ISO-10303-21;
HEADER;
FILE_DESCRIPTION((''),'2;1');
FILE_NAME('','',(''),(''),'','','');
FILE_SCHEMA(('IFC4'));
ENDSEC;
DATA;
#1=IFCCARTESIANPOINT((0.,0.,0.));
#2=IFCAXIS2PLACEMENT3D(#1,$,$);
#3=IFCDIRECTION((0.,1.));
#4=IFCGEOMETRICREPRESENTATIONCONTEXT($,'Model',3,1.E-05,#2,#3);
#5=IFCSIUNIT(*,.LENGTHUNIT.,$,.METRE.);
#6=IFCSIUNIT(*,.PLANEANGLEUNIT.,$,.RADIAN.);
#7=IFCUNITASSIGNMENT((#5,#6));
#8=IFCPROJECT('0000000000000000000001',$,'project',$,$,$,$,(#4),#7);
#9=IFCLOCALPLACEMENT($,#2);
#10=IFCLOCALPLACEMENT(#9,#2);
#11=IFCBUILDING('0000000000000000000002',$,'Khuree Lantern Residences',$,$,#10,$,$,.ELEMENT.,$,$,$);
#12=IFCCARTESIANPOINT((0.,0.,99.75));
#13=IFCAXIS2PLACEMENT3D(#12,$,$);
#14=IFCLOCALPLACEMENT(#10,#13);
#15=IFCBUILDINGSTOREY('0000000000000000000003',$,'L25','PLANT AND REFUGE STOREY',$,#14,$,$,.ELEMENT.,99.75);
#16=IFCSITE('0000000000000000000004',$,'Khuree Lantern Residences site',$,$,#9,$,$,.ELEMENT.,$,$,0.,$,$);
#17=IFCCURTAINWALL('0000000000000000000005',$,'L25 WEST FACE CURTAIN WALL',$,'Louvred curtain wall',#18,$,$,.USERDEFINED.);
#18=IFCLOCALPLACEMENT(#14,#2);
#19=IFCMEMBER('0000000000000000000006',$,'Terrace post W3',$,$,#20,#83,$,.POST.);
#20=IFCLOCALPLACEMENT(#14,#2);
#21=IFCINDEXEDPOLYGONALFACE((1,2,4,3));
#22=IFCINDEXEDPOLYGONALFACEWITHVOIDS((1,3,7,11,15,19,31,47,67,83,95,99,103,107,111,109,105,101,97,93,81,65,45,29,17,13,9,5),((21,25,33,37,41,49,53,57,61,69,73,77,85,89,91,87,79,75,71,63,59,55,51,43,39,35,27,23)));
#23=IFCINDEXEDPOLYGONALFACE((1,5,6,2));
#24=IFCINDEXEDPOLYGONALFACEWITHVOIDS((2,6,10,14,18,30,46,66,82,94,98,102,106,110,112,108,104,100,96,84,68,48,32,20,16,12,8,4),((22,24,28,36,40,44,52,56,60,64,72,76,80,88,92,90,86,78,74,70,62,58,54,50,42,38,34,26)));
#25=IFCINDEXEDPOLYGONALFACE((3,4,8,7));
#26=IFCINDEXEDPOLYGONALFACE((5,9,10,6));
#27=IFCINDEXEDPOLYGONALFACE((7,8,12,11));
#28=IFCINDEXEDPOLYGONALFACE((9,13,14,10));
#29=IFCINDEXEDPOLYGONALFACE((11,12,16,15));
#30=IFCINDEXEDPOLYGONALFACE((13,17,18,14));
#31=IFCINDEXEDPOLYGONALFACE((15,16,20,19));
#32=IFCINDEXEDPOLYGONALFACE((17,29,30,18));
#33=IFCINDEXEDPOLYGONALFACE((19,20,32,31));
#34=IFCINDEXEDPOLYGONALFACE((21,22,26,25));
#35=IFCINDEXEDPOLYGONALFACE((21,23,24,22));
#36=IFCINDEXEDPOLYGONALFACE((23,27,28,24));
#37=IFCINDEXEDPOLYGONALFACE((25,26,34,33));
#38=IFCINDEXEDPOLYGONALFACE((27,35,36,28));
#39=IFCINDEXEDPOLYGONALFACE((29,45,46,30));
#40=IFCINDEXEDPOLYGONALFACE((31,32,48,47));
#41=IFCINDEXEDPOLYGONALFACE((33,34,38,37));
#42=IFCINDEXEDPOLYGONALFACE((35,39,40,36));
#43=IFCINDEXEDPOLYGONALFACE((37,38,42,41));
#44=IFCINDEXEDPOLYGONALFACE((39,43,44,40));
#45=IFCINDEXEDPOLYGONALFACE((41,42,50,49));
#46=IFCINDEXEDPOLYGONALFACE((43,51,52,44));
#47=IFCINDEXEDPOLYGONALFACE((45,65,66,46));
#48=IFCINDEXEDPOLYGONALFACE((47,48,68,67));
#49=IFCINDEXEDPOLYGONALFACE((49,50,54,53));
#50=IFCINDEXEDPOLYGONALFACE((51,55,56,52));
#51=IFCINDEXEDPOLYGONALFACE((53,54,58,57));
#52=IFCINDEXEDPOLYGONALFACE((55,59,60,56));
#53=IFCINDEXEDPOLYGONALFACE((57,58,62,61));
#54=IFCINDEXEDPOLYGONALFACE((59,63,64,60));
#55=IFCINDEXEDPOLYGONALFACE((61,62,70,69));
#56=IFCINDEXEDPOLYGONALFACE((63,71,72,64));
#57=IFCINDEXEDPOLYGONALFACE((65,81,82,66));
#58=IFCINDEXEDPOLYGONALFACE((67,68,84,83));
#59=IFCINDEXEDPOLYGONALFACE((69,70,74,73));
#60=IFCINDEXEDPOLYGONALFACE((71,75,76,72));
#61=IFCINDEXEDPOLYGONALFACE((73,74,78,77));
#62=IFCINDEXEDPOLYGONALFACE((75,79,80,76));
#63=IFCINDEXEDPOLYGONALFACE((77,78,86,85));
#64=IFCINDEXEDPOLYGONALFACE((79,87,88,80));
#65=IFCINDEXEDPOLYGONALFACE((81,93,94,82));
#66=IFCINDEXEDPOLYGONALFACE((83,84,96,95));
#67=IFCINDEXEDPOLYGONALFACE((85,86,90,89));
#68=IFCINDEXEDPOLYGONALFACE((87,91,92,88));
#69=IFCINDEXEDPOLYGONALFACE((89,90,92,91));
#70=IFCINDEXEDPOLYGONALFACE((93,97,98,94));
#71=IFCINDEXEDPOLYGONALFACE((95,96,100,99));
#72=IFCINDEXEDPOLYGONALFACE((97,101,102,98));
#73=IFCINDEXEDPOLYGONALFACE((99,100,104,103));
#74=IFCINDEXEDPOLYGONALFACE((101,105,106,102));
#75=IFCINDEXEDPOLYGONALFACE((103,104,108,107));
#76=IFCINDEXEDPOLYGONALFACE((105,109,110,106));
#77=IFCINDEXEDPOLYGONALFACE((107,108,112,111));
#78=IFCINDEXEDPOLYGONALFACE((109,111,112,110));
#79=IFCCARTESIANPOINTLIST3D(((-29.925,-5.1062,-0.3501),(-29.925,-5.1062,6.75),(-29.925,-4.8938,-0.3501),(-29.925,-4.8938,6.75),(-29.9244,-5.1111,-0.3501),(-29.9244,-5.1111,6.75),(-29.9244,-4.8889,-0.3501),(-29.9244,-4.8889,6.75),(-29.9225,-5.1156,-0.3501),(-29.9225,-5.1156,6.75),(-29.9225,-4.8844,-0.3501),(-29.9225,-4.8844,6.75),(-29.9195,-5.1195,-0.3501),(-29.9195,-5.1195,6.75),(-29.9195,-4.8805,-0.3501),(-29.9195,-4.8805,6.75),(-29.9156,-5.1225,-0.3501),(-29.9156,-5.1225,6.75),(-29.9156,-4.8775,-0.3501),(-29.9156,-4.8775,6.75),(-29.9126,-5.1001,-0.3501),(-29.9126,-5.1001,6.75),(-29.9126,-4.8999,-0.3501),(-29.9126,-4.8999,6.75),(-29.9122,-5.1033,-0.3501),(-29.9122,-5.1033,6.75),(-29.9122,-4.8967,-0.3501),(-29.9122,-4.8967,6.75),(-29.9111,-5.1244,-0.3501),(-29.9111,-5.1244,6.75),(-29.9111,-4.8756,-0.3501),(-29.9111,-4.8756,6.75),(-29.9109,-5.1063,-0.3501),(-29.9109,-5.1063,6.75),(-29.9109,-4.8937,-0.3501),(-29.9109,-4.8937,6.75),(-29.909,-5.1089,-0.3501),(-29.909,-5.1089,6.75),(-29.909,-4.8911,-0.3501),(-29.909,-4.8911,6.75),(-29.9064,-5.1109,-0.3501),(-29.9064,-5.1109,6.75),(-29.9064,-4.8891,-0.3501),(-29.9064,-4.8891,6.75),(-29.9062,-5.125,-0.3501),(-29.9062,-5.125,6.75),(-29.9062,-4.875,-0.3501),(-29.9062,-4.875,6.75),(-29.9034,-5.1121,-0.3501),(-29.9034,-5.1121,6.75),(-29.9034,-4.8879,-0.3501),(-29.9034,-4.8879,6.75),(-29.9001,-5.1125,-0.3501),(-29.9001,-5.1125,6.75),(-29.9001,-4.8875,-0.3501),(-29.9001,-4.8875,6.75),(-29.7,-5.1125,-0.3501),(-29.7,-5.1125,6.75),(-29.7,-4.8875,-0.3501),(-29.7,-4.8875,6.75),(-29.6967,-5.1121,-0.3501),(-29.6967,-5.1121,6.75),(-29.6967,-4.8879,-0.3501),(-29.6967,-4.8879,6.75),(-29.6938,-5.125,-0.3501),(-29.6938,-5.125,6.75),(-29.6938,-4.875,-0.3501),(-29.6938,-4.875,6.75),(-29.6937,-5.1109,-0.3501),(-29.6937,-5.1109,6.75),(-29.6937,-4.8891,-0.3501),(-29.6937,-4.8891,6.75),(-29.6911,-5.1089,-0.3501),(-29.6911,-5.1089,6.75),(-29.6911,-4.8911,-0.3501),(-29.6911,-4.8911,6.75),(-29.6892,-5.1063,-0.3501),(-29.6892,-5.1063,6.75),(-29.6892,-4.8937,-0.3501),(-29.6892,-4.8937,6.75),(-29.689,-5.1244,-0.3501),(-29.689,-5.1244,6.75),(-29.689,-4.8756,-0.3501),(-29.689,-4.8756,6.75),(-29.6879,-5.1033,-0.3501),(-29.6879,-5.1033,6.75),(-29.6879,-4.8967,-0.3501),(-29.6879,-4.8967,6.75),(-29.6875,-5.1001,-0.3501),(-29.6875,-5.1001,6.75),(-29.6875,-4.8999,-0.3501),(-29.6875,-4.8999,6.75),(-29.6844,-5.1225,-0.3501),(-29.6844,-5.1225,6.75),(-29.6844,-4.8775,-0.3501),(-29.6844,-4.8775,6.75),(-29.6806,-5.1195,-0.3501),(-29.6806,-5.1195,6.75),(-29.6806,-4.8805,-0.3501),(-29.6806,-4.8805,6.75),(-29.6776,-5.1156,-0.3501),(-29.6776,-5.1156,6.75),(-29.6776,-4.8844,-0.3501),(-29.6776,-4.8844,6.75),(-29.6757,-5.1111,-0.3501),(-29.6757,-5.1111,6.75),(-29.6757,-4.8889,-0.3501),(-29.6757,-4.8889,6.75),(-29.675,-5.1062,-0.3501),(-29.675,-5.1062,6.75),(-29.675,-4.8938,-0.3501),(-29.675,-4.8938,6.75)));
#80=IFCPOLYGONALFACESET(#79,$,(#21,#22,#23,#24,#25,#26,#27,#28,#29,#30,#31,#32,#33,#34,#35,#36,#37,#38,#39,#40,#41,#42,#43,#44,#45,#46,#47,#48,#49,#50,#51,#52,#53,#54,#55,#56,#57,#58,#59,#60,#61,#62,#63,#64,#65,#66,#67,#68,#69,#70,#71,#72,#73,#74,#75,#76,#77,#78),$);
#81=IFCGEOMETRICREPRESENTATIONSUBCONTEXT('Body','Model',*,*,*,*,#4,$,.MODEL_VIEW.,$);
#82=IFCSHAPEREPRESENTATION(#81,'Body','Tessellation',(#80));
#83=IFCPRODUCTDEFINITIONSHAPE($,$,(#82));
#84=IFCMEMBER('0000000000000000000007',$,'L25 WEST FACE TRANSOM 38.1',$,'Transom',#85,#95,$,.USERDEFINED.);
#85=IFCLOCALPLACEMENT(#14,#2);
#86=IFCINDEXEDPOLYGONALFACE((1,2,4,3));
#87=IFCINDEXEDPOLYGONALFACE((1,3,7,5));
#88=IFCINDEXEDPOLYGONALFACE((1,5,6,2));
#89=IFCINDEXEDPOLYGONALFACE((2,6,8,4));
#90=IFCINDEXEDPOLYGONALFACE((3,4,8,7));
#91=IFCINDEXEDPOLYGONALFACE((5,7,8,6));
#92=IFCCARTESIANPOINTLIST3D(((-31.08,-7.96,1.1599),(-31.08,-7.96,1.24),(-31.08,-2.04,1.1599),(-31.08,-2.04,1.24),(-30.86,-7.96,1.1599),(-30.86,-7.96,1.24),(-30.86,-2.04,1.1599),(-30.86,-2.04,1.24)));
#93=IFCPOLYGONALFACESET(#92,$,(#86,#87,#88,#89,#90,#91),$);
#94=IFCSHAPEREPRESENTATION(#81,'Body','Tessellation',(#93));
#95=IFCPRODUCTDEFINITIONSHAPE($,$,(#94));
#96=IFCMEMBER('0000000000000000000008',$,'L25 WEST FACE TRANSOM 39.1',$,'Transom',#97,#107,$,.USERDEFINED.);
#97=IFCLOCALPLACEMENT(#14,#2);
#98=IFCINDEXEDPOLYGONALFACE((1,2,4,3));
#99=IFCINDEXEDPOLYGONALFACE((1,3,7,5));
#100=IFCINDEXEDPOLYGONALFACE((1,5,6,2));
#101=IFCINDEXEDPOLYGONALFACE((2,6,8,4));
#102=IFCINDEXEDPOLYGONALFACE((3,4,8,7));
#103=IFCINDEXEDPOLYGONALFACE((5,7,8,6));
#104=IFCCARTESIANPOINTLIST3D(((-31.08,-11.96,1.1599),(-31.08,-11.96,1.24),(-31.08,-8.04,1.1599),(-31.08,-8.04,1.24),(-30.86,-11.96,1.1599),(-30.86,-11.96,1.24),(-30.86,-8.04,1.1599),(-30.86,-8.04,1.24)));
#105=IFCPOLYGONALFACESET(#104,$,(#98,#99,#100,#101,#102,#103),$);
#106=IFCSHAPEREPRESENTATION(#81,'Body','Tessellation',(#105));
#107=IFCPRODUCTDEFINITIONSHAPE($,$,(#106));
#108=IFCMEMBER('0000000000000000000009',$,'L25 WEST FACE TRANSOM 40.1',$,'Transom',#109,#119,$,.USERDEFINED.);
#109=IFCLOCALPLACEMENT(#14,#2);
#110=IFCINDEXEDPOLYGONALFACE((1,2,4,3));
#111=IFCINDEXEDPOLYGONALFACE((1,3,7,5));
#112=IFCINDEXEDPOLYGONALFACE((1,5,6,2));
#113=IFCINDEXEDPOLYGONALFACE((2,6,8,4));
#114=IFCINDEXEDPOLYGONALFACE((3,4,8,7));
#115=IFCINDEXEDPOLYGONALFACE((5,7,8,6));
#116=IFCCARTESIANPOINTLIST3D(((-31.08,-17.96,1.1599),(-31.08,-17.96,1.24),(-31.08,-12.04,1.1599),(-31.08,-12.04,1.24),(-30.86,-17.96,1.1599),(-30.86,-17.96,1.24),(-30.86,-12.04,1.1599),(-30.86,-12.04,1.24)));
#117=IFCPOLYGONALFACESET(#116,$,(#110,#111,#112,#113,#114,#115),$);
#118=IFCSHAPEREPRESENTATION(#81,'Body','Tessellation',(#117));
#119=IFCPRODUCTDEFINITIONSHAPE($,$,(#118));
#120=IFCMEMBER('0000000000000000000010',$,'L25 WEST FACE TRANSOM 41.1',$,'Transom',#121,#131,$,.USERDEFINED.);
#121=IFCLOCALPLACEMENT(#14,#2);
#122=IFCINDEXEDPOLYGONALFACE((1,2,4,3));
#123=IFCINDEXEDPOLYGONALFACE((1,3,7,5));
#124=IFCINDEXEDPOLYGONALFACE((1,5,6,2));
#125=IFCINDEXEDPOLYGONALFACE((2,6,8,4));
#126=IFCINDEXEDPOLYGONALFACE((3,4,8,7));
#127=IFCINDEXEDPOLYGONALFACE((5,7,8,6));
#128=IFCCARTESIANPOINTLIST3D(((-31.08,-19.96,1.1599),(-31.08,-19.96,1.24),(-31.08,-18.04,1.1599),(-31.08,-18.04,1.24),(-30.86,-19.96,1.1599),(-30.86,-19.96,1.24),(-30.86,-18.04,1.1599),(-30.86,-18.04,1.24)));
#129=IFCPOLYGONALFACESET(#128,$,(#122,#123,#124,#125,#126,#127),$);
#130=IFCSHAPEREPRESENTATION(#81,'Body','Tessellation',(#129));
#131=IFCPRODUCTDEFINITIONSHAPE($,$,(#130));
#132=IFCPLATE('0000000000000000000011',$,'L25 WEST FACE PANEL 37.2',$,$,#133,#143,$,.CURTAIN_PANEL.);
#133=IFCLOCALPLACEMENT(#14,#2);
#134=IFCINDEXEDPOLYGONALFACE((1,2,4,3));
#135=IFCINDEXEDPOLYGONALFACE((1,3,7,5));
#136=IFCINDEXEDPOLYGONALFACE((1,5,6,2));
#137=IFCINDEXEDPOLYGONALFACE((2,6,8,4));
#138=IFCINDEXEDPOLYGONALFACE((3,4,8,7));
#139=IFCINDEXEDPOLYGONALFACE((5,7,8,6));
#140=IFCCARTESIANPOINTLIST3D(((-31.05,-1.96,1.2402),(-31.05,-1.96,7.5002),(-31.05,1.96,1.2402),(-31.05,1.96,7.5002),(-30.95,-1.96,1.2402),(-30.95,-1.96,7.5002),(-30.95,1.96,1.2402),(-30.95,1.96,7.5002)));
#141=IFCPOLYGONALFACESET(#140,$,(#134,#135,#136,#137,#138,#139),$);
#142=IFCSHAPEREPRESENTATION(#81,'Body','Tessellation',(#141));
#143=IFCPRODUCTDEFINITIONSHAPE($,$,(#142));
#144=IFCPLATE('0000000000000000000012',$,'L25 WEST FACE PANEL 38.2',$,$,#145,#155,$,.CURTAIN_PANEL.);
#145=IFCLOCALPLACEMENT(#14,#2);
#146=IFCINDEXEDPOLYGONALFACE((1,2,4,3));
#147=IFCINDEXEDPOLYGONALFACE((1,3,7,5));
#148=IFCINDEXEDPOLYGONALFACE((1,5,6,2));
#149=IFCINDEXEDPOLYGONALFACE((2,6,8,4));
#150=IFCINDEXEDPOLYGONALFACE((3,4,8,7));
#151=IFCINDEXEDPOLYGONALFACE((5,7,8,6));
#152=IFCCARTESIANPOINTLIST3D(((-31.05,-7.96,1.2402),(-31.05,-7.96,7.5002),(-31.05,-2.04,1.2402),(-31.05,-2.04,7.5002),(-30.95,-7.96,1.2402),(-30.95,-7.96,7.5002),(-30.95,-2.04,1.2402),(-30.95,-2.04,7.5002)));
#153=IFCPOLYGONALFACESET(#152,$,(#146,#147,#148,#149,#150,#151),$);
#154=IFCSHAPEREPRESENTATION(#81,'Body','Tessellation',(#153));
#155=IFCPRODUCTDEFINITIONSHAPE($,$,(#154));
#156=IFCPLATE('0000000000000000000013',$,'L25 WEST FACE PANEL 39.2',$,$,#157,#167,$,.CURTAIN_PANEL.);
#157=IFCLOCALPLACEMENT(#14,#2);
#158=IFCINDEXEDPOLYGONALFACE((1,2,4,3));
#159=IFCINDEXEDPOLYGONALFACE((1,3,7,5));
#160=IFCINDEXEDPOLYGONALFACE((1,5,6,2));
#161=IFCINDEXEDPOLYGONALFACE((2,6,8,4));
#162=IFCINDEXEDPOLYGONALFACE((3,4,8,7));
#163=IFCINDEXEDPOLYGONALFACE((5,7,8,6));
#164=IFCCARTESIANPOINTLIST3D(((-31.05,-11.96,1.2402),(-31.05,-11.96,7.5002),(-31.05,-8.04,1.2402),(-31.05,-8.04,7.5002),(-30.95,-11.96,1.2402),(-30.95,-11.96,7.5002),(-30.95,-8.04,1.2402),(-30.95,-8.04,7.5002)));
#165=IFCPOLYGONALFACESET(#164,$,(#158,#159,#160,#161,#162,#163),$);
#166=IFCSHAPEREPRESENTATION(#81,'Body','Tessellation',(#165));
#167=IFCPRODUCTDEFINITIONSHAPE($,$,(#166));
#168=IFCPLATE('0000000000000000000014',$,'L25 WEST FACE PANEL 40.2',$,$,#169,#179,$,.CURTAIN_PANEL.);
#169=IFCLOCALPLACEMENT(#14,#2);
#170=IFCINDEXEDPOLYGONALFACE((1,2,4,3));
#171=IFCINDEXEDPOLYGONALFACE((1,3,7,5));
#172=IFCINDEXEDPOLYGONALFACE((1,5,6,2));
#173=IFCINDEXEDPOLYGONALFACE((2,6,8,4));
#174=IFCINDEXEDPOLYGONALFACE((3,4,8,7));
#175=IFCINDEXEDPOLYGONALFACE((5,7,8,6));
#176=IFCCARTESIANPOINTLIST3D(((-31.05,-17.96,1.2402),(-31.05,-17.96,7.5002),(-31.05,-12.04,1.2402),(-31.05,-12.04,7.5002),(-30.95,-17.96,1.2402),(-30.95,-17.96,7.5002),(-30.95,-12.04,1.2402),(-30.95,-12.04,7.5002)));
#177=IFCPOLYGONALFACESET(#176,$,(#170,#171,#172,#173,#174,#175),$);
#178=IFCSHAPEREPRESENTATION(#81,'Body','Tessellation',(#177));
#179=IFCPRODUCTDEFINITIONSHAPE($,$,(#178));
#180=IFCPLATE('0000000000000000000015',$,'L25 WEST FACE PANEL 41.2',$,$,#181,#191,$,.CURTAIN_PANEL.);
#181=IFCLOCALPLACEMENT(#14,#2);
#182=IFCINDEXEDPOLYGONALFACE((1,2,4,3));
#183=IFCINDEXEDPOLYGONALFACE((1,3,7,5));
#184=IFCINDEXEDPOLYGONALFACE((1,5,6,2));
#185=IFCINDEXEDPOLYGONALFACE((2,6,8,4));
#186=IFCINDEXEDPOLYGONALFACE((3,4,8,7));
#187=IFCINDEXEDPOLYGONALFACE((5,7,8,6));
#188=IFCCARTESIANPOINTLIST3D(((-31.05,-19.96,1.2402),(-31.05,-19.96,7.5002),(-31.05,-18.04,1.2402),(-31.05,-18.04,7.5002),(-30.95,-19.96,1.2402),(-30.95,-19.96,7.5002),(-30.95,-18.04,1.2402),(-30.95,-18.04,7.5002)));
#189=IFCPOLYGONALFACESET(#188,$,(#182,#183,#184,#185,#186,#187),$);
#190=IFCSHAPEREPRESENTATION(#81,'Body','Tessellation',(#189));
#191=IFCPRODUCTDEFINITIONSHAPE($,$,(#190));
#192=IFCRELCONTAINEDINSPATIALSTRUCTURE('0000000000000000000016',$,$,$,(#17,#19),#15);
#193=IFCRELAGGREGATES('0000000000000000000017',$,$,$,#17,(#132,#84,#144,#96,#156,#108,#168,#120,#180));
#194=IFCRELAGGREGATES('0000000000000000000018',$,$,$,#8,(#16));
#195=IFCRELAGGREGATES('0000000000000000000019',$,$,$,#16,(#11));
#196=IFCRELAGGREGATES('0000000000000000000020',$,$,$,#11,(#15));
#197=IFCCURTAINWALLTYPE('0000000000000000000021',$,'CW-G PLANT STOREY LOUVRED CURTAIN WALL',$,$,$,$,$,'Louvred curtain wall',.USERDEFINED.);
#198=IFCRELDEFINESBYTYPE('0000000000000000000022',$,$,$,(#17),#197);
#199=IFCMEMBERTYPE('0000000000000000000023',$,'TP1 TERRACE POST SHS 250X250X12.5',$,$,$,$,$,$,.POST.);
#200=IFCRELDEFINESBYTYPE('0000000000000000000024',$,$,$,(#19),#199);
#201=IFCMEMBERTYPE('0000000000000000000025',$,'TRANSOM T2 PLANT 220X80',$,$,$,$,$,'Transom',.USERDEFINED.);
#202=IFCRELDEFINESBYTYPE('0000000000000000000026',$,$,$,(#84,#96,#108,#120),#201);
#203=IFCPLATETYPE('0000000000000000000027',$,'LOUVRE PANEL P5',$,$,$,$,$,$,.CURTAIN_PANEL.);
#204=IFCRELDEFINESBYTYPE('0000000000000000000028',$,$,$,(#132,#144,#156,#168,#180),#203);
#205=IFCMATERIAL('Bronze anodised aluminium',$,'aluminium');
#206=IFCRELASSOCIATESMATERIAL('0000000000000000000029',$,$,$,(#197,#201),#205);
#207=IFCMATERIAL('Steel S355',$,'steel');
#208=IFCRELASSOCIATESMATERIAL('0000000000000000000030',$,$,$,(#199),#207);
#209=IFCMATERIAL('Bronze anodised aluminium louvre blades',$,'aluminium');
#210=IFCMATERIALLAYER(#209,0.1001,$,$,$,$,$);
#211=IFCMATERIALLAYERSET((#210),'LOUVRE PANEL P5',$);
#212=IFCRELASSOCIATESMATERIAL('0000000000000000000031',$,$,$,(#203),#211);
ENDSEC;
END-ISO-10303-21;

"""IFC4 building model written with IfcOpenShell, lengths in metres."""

from ifc_helpers import new_model, si_unit, direction, frame, origin, origin_2d, place, context, subcontext, project, spatial, rectangle, hollow_rectangle, extrude, material, layer, layer_set, material_profile, profile_set, type_object, element, aggregate, save


model = new_model("IFC4")

# Units and contexts
model_context = context("Model", 3, precision=1e-05, world=origin(), true_north=direction((0.0, 1.0)))
body_context = subcontext(model_context, "Body", "Model", "MODEL_VIEW")
ifc_project = project(units=[si_unit("LENGTHUNIT", "METRE"), si_unit("PLANEANGLEUNIT", "RADIAN")], contexts=[model_context])

# Site, building, storey
site_placement = place(None, origin())
site = spatial("IfcSite", under=ifc_project, at=site_placement, Name="Khuree Lantern Residences site", CompositionType="ELEMENT", RefElevation=0.0)
building_placement = place(site_placement, origin())
building = spatial("IfcBuilding", under=site, at=building_placement, Name="Khuree Lantern Residences", CompositionType="ELEMENT")
storey_placement = place(building_placement, frame((0.0, 0.0, 99.75)))
storey = spatial("IfcBuildingStorey", under=building, at=storey_placement, Name="L25", Description="PLANT AND REFUGE STOREY", CompositionType="ELEMENT", Elevation=99.75)

# Shared definitions
ifc_material_1 = material(Name="Steel S355", Category="steel")

# Curtain wall
ifc_material_2 = material(Name="Bronze anodised aluminium", Category="aluminium")
curtain_wall_type = type_object("IfcCurtainWallType", Name="CW-G PLANT STOREY LOUVRED CURTAIN WALL", ElementType="Louvred curtain wall", PredefinedType="USERDEFINED", material=ifc_material_2)
curtain_wall_placement = place(storey_placement, origin())
curtain_wall = element("IfcCurtainWall", 1, at=curtain_wall_placement, inside=storey, type_object=curtain_wall_type, Name="L25 WEST FACE CURTAIN WALL", ObjectType="Louvred curtain wall", PredefinedType="USERDEFINED")

# Member
ifc_material_profile_1 = material_profile(ifc_material_1, hollow_rectangle(XDim=0.25, YDim=0.25, WallThickness=0.0125, InnerFilletRadius=0.0125, OuterFilletRadius=0.0188, at=origin_2d()), Name="SHS 250X250X12.5")
ifc_profile_set_1 = profile_set([ifc_material_profile_1], Name="Steel S355")
member_type_1 = type_object("IfcMemberType", Name="TP1 TERRACE POST SHS 250X250X12.5", PredefinedType="POST", material=ifc_profile_set_1)
for number, where, z_axis, x_axis, name in (
    (2, (-29.8, -5.0, -0.3501), (0.0, 0.0, 1.0), (1.0, 0.0, 0.0), "Terrace post W3"),
):
    element("IfcMember", number, at=place(storey_placement, frame(where, z_axis=z_axis, x_axis=x_axis)), inside=storey, type_object=member_type_1, Name=name, PredefinedType="POST", context=body_context, shape_type="SweptSolid", body=[
        extrude(hollow_rectangle(XDim=0.25, YDim=0.25, WallThickness=0.0125, InnerFilletRadius=0.0125, OuterFilletRadius=0.0188, at=origin_2d()), origin(), (0.0, 0.0, 1.0), 7.1001),
    ])

# Members
ifc_material_profile_2 = material_profile(ifc_material_2, rectangle(XDim=0.22, YDim=0.0801, at=origin_2d()), Name="T2 220X80")
ifc_profile_set_2 = profile_set([ifc_material_profile_2], Name="Bronze anodised aluminium")
member_type_2 = type_object("IfcMemberType", Name="TRANSOM T2 PLANT 220X80", ElementType="Transom", PredefinedType="USERDEFINED", material=ifc_profile_set_2)
member_1_placement = place(storey_placement, frame((-30.97, -2.04, 1.2), z_axis=(0.0, -1.0, 0.0), x_axis=(1.0, 0.0, 0.0)))
member_1 = element("IfcMember", 3, at=member_1_placement, type_object=member_type_2, Name="L25 WEST FACE TRANSOM 38.1", ObjectType="Transom", PredefinedType="USERDEFINED", context=body_context, shape_type="SweptSolid", body=[
    extrude(rectangle(XDim=0.22, YDim=0.0801, at=origin_2d()), origin(), (0.0, 0.0, 1.0), 5.9199),
])
member_2_placement = place(storey_placement, frame((-30.97, -8.04, 1.2), z_axis=(0.0, -1.0, 0.0), x_axis=(1.0, 0.0, 0.0)))
member_2 = element("IfcMember", 4, at=member_2_placement, type_object=member_type_2, Name="L25 WEST FACE TRANSOM 39.1", ObjectType="Transom", PredefinedType="USERDEFINED", context=body_context, shape_type="SweptSolid", body=[
    extrude(rectangle(XDim=0.22, YDim=0.0801, at=origin_2d()), origin(), (0.0, 0.0, 1.0), 3.9199),
])
member_3_placement = place(storey_placement, frame((-30.97, -12.04, 1.2), z_axis=(0.0, -1.0, 0.0), x_axis=(1.0, 0.0, 0.0)))
member_3 = element("IfcMember", 5, at=member_3_placement, type_object=member_type_2, Name="L25 WEST FACE TRANSOM 40.1", ObjectType="Transom", PredefinedType="USERDEFINED", context=body_context, shape_type="SweptSolid", body=[
    extrude(rectangle(XDim=0.22, YDim=0.0801, at=origin_2d()), origin(), (0.0, 0.0, 1.0), 5.9199),
])
member_4_placement = place(storey_placement, frame((-30.97, -18.04, 1.2), z_axis=(0.0, -1.0, 0.0), x_axis=(1.0, 0.0, 0.0)))
member_4 = element("IfcMember", 6, at=member_4_placement, type_object=member_type_2, Name="L25 WEST FACE TRANSOM 41.1", ObjectType="Transom", PredefinedType="USERDEFINED", context=body_context, shape_type="SweptSolid", body=[
    extrude(rectangle(XDim=0.22, YDim=0.0801, at=origin_2d()), origin(), (0.0, 0.0, 1.0), 1.9199),
])

# Plates
ifc_material_3 = material(Name="Bronze anodised aluminium louvre blades", Category="aluminium")
ifc_layer_1 = layer(ifc_material_3, 0.1001)
ifc_layer_set_1 = layer_set([ifc_layer_1], Name="LOUVRE PANEL P5")
plate_type_1 = type_object("IfcPlateType", Name="LOUVRE PANEL P5", PredefinedType="CURTAIN_PANEL", material=ifc_layer_set_1)
plate_1_placement = place(storey_placement, frame((-31.0, 0.0, 1.2402), z_axis=(0.0, 0.0, 1.0), x_axis=(0.0, -1.0, 0.0)))
plate_1 = element("IfcPlate", 7, at=plate_1_placement, type_object=plate_type_1, Name="L25 WEST FACE PANEL 37.2", PredefinedType="CURTAIN_PANEL", context=body_context, shape_type="SweptSolid", body=[
    extrude(rectangle(XDim=3.9199, YDim=0.1001, at=origin_2d()), origin(), (0.0, 0.0, 1.0), 6.26),
])
plate_2_placement = place(storey_placement, frame((-31.0, -5.0, 1.2402), z_axis=(0.0, 0.0, 1.0), x_axis=(0.0, -1.0, 0.0)))
plate_2 = element("IfcPlate", 8, at=plate_2_placement, type_object=plate_type_1, Name="L25 WEST FACE PANEL 38.2", PredefinedType="CURTAIN_PANEL", context=body_context, shape_type="SweptSolid", body=[
    extrude(rectangle(XDim=5.9199, YDim=0.1001, at=origin_2d()), origin(), (0.0, 0.0, 1.0), 6.26),
])
plate_3_placement = place(storey_placement, frame((-31.0, -10.0, 1.2402), z_axis=(0.0, 0.0, 1.0), x_axis=(0.0, -1.0, 0.0)))
plate_3 = element("IfcPlate", 9, at=plate_3_placement, type_object=plate_type_1, Name="L25 WEST FACE PANEL 39.2", PredefinedType="CURTAIN_PANEL", context=body_context, shape_type="SweptSolid", body=[
    extrude(rectangle(XDim=3.9199, YDim=0.1001, at=origin_2d()), origin(), (0.0, 0.0, 1.0), 6.26),
])
plate_4_placement = place(storey_placement, frame((-31.0, -15.0, 1.2402), z_axis=(0.0, 0.0, 1.0), x_axis=(0.0, -1.0, 0.0)))
plate_4 = element("IfcPlate", 10, at=plate_4_placement, type_object=plate_type_1, Name="L25 WEST FACE PANEL 40.2", PredefinedType="CURTAIN_PANEL", context=body_context, shape_type="SweptSolid", body=[
    extrude(rectangle(XDim=5.9199, YDim=0.1001, at=origin_2d()), origin(), (0.0, 0.0, 1.0), 6.26),
])
plate_5_placement = place(storey_placement, frame((-31.0, -19.0, 1.2402), z_axis=(0.0, 0.0, 1.0), x_axis=(0.0, -1.0, 0.0)))
plate_5 = element("IfcPlate", 11, at=plate_5_placement, type_object=plate_type_1, Name="L25 WEST FACE PANEL 41.2", PredefinedType="CURTAIN_PANEL", context=body_context, shape_type="SweptSolid", body=[
    extrude(rectangle(XDim=1.9199, YDim=0.1001, at=origin_2d()), origin(), (0.0, 0.0, 1.0), 6.26),
])
aggregate(curtain_wall, [plate_1, member_1, plate_2, member_2, plate_3, member_3, plate_4, member_4, plate_5])

save(model, "model.ifc")
